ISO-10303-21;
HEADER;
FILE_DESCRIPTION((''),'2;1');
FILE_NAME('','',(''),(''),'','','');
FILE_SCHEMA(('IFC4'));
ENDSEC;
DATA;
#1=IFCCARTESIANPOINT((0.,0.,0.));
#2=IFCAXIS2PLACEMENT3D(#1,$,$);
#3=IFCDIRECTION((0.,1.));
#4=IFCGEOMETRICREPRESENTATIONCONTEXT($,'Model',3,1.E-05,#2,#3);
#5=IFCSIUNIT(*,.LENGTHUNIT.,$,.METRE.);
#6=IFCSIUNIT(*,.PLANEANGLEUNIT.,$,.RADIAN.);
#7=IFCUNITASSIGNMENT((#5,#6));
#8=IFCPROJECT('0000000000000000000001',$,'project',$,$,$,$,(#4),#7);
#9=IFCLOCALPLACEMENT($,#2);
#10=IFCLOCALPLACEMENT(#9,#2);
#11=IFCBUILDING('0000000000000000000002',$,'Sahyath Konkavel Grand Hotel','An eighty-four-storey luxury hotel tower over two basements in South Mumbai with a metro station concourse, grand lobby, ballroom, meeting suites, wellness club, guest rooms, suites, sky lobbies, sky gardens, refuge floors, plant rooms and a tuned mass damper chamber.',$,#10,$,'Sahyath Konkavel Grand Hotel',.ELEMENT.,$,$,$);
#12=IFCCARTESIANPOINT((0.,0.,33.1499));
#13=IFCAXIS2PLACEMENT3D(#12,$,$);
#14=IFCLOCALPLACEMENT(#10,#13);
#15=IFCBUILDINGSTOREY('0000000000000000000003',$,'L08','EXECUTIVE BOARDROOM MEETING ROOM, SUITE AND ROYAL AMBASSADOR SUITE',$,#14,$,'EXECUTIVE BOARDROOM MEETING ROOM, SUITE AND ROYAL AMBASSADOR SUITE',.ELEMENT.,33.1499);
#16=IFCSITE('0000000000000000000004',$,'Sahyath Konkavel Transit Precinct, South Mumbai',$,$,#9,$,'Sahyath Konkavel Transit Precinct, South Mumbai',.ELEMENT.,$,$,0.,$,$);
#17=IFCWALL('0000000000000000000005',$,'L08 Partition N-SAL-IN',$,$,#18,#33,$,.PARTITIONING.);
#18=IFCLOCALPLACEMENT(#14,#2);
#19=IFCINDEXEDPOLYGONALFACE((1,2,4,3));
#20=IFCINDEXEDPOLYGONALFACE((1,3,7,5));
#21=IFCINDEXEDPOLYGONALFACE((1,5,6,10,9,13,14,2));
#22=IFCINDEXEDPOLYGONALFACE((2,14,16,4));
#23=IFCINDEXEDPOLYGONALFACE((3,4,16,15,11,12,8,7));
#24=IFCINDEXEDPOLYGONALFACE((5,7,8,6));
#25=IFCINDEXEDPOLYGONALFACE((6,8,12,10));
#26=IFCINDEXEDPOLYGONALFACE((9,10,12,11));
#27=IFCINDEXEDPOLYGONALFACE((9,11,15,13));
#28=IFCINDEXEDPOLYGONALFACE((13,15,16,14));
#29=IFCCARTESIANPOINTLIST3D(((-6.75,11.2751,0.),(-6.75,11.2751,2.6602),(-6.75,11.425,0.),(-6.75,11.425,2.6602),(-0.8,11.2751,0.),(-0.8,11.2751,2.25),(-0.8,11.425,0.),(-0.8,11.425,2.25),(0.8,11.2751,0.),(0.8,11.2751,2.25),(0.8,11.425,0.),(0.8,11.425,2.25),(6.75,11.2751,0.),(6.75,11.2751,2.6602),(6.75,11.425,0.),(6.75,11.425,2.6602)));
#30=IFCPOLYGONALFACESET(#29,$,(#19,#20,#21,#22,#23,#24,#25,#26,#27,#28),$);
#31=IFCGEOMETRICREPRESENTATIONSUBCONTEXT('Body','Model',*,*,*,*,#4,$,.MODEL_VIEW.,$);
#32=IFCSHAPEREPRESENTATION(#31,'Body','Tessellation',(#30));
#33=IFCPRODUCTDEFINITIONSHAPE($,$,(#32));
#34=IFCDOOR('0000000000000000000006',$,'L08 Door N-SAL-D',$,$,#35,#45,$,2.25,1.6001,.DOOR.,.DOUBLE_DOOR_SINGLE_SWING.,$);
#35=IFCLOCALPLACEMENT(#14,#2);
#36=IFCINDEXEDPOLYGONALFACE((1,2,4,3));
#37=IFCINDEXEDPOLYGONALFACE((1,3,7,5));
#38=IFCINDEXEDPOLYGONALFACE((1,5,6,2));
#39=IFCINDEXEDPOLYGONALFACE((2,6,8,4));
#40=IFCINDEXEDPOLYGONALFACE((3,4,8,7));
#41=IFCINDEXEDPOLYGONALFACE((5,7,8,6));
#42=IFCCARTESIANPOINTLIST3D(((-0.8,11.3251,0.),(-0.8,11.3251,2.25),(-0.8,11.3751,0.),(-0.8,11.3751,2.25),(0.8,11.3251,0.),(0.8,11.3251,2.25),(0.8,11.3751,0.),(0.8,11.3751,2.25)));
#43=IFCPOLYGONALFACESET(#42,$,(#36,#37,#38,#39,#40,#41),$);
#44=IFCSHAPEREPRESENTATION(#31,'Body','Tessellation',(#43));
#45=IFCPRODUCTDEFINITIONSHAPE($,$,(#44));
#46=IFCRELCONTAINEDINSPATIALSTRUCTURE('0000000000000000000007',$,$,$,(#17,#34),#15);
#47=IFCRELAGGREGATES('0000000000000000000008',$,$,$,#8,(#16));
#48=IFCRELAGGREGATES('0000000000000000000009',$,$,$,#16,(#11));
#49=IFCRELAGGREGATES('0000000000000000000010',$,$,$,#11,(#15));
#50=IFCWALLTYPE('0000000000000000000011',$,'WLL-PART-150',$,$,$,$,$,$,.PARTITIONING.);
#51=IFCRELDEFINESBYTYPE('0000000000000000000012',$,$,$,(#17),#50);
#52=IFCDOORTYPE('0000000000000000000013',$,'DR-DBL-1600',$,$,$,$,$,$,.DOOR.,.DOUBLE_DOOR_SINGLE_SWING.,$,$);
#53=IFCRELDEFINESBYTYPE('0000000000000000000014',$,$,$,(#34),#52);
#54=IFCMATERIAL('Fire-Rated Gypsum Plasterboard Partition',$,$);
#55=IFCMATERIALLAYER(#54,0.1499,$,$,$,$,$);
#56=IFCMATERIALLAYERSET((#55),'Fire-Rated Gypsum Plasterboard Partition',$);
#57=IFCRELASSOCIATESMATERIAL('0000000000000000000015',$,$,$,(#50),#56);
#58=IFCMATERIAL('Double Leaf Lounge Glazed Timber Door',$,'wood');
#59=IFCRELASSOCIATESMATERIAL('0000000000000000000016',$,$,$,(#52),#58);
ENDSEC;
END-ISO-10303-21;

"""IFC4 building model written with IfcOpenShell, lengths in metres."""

from ifc_helpers import new_model, si_unit, direction, frame, frame_2d, origin, origin_2d, place, context, subcontext, project, spatial, rectangle, extrude, source, transform, mapped, material, layer, layer_set, type_object, element, fill, save


model = new_model("IFC4")

# Units and contexts
model_context = context("Model", 3, precision=1e-05, world=origin(), true_north=direction((0.0, 1.0)))
body_context = subcontext(model_context, "Body", "Model", "MODEL_VIEW")
ifc_project = project(units=[si_unit("LENGTHUNIT", "METRE"), si_unit("PLANEANGLEUNIT", "RADIAN")], contexts=[model_context])

# Site, building, storey
site_placement = place(None, origin())
site = spatial("IfcSite", under=ifc_project, at=site_placement, Name="Sahyath Konkavel Transit Precinct, South Mumbai", LongName="Sahyath Konkavel Transit Precinct, South Mumbai", CompositionType="ELEMENT", RefElevation=0.0)
building_placement = place(site_placement, origin())
building = spatial("IfcBuilding", under=site, at=building_placement, Name="Sahyath Konkavel Grand Hotel", Description="An eighty-four-storey luxury hotel tower over two basements in South Mumbai with a metro station concourse, grand lobby, ballroom, meeting suites, wellness club, guest rooms, suites, sky lobbies, sky gardens, refuge floors, plant rooms and a tuned mass damper chamber.", LongName="Sahyath Konkavel Grand Hotel", CompositionType="ELEMENT")
storey_placement = place(building_placement, frame((0.0, 0.0, 33.1499)))
storey = spatial("IfcBuildingStorey", under=building, at=storey_placement, Name="L08", Description="EXECUTIVE BOARDROOM MEETING ROOM, SUITE AND ROYAL AMBASSADOR SUITE", LongName="EXECUTIVE BOARDROOM MEETING ROOM, SUITE AND ROYAL AMBASSADOR SUITE", CompositionType="ELEMENT", Elevation=33.1499)

# Shared definitions
ifc_material_1 = material(Name="Fire-Rated Gypsum Plasterboard Partition")
ifc_layer_1 = layer(ifc_material_1, 0.1499)
ifc_layer_set_1 = layer_set([ifc_layer_1], Name="Fire-Rated Gypsum Plasterboard Partition")
wall_type_1 = type_object("IfcWallType", Name="WLL-PART-150", PredefinedType="PARTITIONING", material=ifc_layer_set_1)

# Wall, opening, door
wall_1_placement = place(storey_placement, frame((6.75, 11.3501, 0.0), z_axis=(0.0, 0.0, 1.0), x_axis=(-1.0, 0.0, 0.0)))
wall_1 = element("IfcWall", 1, at=wall_1_placement, inside=storey, type_object=wall_type_1, Name="L08 Partition N-SAL-IN", PredefinedType="PARTITIONING", context=body_context, shape_type="SweptSolid", body=[
    extrude(rectangle(XDim=13.5, YDim=0.1499, at=frame_2d((6.75, 0.0))), origin(), (0.0, 0.0, 1.0), 2.6602),
])
opening_1_placement = place(wall_1_placement, frame((5.95, 0.0, 0.0)))
opening_1 = element("IfcOpeningElement", 2, at=opening_1_placement, cuts=wall_1, PredefinedType="OPENING", context=body_context, shape_type="SweptSolid", body=[
    extrude(rectangle(XDim=1.6001, YDim=2.25, at=frame_2d((0.8, 1.125))), frame((0.0, 0.085, 0.0), z_axis=(0.0, -1.0, 0.0), x_axis=(1.0, 0.0, 0.0)), (0.0, 0.0, 1.0), 0.1699),
])
ifc_material_2 = material(Name="Double Leaf Lounge Glazed Timber Door", Category="wood")
door_type_1 = type_object("IfcDoorType", Name="DR-DBL-1600", OperationType="DOUBLE_DOOR_SINGLE_SWING", PredefinedType="DOOR", material=ifc_material_2)
shared_shape_1 = source(origin(), body_context, "Body", "SweptSolid", [
    extrude(rectangle(XDim=1.6001, YDim=0.05, at=origin_2d()), origin(), (0.0, 0.0, 1.0), 2.25),
])
door_1_placement = place(opening_1_placement, frame((0.8, 0.0, 0.0)))
door_1 = element("IfcDoor", 3, at=door_1_placement, inside=storey, type_object=door_type_1, Name="L08 Door N-SAL-D", OperationType="DOUBLE_DOOR_SINGLE_SWING", OverallHeight=2.25, OverallWidth=1.6001, PredefinedType="DOOR", context=body_context, shape_type="MappedRepresentation", body=[
    mapped(shared_shape_1, transform((0.0, 0.0, 0.0), scale=1.0)),
])
fill(opening_1, door_1)

save(model, "model.ifc")
